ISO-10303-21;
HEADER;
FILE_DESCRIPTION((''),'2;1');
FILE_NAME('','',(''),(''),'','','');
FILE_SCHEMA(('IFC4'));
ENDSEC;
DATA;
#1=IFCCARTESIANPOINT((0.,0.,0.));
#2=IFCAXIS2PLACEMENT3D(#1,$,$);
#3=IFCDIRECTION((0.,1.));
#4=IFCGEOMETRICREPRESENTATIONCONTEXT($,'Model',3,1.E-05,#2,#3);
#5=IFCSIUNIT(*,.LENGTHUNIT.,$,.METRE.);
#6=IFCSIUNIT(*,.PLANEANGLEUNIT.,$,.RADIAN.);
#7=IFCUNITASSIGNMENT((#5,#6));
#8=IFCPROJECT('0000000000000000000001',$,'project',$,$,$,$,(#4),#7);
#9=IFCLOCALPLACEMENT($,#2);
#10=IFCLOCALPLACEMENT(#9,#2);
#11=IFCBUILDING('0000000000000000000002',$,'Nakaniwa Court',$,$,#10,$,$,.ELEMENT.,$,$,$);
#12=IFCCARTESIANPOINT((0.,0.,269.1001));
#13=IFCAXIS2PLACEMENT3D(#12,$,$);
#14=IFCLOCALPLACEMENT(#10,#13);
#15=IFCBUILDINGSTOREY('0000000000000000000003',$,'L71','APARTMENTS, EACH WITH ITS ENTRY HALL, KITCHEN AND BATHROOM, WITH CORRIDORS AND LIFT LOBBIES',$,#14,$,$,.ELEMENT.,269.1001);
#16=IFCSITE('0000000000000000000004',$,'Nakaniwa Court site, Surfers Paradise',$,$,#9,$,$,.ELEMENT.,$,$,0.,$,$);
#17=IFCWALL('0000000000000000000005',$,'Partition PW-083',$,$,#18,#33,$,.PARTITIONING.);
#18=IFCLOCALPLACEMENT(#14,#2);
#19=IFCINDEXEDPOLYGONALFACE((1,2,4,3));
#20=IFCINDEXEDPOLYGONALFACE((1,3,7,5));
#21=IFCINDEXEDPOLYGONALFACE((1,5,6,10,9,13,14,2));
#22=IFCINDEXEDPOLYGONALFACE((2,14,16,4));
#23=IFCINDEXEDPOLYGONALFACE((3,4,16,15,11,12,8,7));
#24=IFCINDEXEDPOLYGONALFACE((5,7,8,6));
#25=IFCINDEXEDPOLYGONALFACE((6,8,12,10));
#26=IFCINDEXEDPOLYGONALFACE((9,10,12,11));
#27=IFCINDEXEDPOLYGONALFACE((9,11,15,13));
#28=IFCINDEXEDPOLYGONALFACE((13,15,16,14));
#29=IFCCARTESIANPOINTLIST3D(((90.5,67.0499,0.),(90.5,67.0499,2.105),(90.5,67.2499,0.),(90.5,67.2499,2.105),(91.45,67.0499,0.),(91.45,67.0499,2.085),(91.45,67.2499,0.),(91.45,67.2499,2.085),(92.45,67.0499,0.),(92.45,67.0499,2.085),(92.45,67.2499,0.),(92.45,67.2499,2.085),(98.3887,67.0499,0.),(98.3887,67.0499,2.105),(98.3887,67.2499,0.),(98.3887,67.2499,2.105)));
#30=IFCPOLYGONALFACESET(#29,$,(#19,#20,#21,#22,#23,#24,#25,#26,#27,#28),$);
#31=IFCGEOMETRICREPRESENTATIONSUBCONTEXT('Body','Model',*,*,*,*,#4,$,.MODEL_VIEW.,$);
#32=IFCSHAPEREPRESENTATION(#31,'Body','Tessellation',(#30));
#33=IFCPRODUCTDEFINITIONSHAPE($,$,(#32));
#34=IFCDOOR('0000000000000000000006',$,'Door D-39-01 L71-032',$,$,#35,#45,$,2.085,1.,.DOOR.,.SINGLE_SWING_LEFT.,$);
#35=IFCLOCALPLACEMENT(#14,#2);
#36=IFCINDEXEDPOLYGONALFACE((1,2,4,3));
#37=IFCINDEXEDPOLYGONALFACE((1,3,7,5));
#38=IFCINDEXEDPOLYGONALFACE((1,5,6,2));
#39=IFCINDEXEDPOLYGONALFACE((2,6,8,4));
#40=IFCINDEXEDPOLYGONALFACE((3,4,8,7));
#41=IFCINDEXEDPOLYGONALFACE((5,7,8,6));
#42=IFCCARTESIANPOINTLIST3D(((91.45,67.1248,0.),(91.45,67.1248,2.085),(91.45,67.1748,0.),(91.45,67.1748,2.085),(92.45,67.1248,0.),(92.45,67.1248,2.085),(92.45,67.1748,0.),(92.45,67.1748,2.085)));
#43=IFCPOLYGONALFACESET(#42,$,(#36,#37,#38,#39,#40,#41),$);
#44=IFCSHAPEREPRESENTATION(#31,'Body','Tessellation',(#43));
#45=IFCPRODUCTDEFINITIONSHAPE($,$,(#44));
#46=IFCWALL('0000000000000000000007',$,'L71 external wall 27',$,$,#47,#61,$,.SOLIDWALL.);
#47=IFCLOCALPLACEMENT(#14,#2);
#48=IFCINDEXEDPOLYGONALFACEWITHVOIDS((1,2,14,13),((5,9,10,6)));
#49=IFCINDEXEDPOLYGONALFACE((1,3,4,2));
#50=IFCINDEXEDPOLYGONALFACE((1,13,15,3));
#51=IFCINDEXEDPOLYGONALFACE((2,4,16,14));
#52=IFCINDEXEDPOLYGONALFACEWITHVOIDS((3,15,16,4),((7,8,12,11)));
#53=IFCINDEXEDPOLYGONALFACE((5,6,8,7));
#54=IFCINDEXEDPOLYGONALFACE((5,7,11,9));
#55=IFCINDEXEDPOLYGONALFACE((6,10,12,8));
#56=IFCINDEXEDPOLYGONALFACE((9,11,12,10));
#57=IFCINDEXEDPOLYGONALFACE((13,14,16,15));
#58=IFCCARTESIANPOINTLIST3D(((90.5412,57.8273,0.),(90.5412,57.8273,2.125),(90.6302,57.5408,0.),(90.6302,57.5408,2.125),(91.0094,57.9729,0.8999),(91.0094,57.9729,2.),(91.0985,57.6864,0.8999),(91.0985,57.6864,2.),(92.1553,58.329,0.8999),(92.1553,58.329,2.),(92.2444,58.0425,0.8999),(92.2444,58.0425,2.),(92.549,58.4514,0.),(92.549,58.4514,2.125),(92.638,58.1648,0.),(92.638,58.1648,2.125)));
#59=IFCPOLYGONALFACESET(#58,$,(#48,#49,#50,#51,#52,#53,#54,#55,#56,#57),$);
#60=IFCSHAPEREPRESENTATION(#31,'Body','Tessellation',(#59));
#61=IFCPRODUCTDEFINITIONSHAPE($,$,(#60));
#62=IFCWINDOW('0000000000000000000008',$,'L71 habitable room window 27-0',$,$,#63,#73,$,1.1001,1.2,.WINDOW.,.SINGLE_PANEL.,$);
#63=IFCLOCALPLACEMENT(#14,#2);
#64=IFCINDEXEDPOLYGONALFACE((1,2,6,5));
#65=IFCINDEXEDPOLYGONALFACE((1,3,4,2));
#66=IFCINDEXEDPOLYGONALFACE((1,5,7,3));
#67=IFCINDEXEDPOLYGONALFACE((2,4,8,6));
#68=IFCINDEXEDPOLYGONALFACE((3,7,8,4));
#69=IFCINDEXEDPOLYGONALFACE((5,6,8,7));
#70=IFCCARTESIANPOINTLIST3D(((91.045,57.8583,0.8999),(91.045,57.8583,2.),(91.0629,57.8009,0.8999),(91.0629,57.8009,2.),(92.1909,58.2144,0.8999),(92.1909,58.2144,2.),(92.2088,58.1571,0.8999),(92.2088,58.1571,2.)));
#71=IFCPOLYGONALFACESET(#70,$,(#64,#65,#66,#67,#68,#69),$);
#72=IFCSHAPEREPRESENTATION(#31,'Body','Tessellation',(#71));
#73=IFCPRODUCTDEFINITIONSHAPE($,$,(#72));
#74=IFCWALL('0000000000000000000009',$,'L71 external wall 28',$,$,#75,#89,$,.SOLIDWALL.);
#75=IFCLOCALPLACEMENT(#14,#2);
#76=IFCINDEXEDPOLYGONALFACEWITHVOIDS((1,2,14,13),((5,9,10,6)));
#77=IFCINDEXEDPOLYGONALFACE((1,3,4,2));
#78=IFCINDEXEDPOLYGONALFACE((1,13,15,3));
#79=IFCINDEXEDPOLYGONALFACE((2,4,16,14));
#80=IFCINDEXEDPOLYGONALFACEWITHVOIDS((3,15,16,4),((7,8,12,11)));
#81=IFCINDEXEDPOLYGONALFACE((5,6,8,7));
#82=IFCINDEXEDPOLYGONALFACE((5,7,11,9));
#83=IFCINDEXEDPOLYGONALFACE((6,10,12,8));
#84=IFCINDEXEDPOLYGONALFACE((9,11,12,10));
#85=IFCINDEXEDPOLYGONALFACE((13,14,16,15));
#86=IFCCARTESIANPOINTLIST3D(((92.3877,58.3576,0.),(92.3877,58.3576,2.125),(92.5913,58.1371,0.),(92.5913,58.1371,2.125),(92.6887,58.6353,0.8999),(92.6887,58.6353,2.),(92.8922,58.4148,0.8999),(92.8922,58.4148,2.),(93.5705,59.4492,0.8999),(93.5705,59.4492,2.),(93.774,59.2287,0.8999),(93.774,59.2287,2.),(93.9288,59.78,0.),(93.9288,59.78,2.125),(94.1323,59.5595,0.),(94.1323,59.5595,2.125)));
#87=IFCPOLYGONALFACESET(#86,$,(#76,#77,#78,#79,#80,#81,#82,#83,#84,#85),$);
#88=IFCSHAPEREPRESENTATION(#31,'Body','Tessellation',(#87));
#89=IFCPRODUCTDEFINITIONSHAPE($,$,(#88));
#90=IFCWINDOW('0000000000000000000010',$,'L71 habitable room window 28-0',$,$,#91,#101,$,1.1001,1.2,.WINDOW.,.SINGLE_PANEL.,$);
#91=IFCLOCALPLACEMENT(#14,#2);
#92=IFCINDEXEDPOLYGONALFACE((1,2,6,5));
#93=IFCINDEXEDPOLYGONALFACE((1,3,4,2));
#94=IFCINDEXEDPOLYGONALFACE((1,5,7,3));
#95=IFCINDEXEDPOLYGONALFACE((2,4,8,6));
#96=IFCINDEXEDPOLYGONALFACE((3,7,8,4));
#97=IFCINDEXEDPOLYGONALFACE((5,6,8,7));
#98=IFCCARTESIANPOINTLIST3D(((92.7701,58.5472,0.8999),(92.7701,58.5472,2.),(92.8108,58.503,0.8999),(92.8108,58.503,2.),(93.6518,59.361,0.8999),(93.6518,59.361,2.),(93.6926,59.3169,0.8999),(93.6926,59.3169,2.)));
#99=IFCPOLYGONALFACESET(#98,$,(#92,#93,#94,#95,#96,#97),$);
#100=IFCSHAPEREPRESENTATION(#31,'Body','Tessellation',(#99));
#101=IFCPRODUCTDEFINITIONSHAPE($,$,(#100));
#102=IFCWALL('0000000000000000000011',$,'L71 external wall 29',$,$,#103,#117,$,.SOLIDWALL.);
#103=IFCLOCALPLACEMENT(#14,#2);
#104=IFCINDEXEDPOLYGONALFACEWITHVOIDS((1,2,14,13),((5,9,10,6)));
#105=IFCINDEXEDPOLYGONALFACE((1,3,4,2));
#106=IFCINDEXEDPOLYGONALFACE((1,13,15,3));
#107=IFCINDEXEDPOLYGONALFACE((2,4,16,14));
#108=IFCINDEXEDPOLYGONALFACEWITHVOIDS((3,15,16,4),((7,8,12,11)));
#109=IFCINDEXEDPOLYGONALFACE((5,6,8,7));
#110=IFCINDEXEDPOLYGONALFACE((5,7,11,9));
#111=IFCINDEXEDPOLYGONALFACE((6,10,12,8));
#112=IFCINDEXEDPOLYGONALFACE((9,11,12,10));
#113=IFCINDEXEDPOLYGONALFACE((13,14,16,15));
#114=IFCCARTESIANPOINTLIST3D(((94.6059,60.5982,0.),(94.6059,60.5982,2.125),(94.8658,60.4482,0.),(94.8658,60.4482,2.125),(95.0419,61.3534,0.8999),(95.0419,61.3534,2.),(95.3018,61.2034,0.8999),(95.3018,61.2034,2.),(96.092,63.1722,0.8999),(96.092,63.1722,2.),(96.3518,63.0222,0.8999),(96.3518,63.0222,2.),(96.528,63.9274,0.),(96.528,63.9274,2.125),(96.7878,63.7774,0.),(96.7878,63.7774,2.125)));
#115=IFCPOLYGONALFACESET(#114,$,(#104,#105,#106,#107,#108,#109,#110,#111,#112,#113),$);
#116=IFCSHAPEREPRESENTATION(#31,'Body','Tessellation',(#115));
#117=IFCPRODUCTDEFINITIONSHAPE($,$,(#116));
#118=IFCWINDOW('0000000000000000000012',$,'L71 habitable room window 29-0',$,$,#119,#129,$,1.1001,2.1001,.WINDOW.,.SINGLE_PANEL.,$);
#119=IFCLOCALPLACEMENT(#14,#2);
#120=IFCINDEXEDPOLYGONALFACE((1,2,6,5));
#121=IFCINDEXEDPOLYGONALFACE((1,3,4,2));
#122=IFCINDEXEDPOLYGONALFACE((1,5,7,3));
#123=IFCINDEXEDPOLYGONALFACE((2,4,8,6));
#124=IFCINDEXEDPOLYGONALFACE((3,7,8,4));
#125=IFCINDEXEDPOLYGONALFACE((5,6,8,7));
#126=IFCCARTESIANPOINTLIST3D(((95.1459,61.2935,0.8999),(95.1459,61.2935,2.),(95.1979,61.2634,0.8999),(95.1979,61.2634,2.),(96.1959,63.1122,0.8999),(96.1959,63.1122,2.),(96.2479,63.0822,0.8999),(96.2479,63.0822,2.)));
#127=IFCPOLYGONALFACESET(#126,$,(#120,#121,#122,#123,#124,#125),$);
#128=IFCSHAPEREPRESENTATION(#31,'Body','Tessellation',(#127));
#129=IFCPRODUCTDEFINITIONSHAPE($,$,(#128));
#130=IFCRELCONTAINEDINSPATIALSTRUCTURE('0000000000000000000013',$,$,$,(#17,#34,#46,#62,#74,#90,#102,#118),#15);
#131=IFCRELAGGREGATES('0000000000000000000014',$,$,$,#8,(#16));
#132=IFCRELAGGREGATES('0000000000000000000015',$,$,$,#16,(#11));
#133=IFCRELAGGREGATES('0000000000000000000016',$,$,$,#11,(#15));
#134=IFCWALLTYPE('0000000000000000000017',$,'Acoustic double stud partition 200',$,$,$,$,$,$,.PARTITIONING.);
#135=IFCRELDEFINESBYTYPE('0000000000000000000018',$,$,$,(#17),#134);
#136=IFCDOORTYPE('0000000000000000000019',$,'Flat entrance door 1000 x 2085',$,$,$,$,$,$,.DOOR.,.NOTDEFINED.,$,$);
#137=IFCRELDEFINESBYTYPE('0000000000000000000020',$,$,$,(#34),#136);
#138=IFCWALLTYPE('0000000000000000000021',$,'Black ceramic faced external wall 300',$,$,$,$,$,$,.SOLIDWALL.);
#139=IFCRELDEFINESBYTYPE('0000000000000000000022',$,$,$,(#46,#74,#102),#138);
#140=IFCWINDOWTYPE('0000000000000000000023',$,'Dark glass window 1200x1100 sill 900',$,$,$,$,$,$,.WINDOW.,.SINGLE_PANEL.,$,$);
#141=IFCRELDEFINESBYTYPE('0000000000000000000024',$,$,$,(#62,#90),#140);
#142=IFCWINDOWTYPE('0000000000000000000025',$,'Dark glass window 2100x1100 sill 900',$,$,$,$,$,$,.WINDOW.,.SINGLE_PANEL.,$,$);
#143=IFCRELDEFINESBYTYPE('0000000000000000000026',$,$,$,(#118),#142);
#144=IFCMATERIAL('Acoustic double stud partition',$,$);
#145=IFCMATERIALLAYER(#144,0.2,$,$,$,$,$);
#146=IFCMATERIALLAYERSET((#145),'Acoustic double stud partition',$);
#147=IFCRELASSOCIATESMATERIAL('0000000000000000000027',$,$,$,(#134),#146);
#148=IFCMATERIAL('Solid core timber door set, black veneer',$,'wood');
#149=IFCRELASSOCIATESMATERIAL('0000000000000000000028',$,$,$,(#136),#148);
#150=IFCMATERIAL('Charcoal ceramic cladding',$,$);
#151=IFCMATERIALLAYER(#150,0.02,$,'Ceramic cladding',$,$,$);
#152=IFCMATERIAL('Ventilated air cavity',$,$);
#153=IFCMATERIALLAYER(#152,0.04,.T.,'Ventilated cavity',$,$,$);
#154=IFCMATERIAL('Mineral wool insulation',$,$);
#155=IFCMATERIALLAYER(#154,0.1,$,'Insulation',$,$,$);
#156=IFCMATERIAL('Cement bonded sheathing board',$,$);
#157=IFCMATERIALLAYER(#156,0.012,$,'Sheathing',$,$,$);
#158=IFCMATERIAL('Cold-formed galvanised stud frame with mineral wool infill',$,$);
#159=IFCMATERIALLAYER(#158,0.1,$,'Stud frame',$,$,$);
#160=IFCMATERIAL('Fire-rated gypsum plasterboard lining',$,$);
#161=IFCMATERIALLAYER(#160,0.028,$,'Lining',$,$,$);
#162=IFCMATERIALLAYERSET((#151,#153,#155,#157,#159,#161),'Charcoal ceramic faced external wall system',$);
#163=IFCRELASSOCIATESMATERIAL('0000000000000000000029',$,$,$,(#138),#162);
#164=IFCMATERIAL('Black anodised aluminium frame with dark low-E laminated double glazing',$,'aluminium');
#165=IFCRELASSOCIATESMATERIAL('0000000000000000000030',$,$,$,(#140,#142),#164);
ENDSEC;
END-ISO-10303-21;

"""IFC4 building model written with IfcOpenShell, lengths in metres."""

from ifc_helpers import new_model, si_unit, direction, frame, frame_2d, origin, place, context, subcontext, project, spatial, rectangle, extrude, material, layer, layer_set, type_object, element, fill, save


model = new_model("IFC4")

# Units and contexts
model_context = context("Model", 3, precision=1e-05, world=origin(), true_north=direction((0.0, 1.0)))
body_context = subcontext(model_context, "Body", "Model", "MODEL_VIEW")
ifc_project = project(units=[si_unit("LENGTHUNIT", "METRE"), si_unit("PLANEANGLEUNIT", "RADIAN")], contexts=[model_context])

# Site, building, storey
site_placement = place(None, origin())
site = spatial("IfcSite", under=ifc_project, at=site_placement, Name="Nakaniwa Court site, Surfers Paradise", CompositionType="ELEMENT", RefElevation=0.0)
building_placement = place(site_placement, origin())
building = spatial("IfcBuilding", under=site, at=building_placement, Name="Nakaniwa Court", CompositionType="ELEMENT")
storey_placement = place(building_placement, frame((0.0, 0.0, 269.1001)))
storey = spatial("IfcBuildingStorey", under=building, at=storey_placement, Name="L71", Description="APARTMENTS, EACH WITH ITS ENTRY HALL, KITCHEN AND BATHROOM, WITH CORRIDORS AND LIFT LOBBIES", CompositionType="ELEMENT", Elevation=269.1001)

# Shared definitions
ifc_material_1 = material(Name="Acoustic double stud partition")
ifc_layer_1 = layer(ifc_material_1, 0.2)
ifc_layer_set_1 = layer_set([ifc_layer_1], Name="Acoustic double stud partition")
wall_type_1 = type_object("IfcWallType", Name="Acoustic double stud partition 200", PredefinedType="PARTITIONING", material=ifc_layer_set_1)

# Wall, opening, door
wall_1_placement = place(storey_placement, frame((90.5, 67.1499, 0.0), z_axis=(0.0, 0.0, 1.0), x_axis=(1.0, 0.0, 0.0)))
wall_1 = element("IfcWall", 1, at=wall_1_placement, inside=storey, type_object=wall_type_1, Name="Partition PW-083", PredefinedType="PARTITIONING", context=body_context, shape_type="SweptSolid", body=[
    extrude(rectangle(XDim=7.8887, YDim=0.2, at=frame_2d((3.9443, 0.0))), origin(), (0.0, 0.0, 1.0), 2.105),
])
opening_1_placement = place(wall_1_placement, frame((0.95, 0.0, 0.0)))
opening_1 = element("IfcOpeningElement", 2, at=opening_1_placement, cuts=wall_1, PredefinedType="OPENING", context=body_context, shape_type="SweptSolid", body=[
    extrude(rectangle(XDim=1.0, YDim=2.085, at=frame_2d((0.5, 1.0425))), frame((0.0, 0.1099, 0.0), z_axis=(0.0, -1.0, 0.0), x_axis=(1.0, 0.0, 0.0)), (0.0, 0.0, 1.0), 0.22),
])
ifc_material_2 = material(Name="Solid core timber door set, black veneer", Category="wood")
door_type = type_object("IfcDoorType", Name="Flat entrance door 1000 x 2085", OperationType="NOTDEFINED", PredefinedType="DOOR", material=ifc_material_2)
door_placement = place(opening_1_placement, origin())
door = element("IfcDoor", 3, at=door_placement, inside=storey, type_object=door_type, Name="Door D-39-01 L71-032", OperationType="SINGLE_SWING_LEFT", OverallHeight=2.085, OverallWidth=1.0, PredefinedType="DOOR", context=body_context, shape_type="SweptSolid", body=[
    extrude(rectangle(XDim=1.0, YDim=2.085, at=frame_2d((0.5, 1.0425))), frame((0.0, 0.0249, 0.0), z_axis=(0.0, -1.0, 0.0), x_axis=(1.0, 0.0, 0.0)), (0.0, 0.0, 1.0), 0.05),
])
fill(opening_1, door)

# Walls, openings, windows
ifc_material_3 = material(Name="Charcoal ceramic cladding")
ifc_layer_2 = layer(ifc_material_3, 0.02, Name="Ceramic cladding")
ifc_material_4 = material(Name="Ventilated air cavity")
ifc_layer_3 = layer(ifc_material_4, 0.04, ventilated=True, Name="Ventilated cavity")
ifc_material_5 = material(Name="Mineral wool insulation")
ifc_layer_4 = layer(ifc_material_5, 0.1, Name="Insulation")
ifc_material_6 = material(Name="Cement bonded sheathing board")
ifc_layer_5 = layer(ifc_material_6, 0.012, Name="Sheathing")
ifc_material_7 = material(Name="Cold-formed galvanised stud frame with mineral wool infill")
ifc_layer_6 = layer(ifc_material_7, 0.1, Name="Stud frame")
ifc_material_8 = material(Name="Fire-rated gypsum plasterboard lining")
ifc_layer_7 = layer(ifc_material_8, 0.028, Name="Lining")
ifc_layer_set_2 = layer_set([ifc_layer_2, ifc_layer_3, ifc_layer_4, ifc_layer_5, ifc_layer_6, ifc_layer_7], Name="Charcoal ceramic faced external wall system")
wall_type_2 = type_object("IfcWallType", Name="Black ceramic faced external wall 300", PredefinedType="SOLIDWALL", material=ifc_layer_set_2)
wall_2_placement = place(storey_placement, frame((90.5857, 57.6841, 0.0), z_axis=(0.0, 0.0, 1.0), x_axis=(0.954942, 0.296794, 0.0)))
wall_2 = element("IfcWall", 4, at=wall_2_placement, inside=storey, type_object=wall_type_2, Name="L71 external wall 27", PredefinedType="SOLIDWALL", context=body_context, shape_type="SweptSolid", body=[
    extrude(rectangle(XDim=2.1025, YDim=0.3, at=frame_2d((1.0513, 0.0))), origin(), (0.0, 0.0, 1.0), 2.125),
])
opening_2_placement = place(wall_2_placement, frame((0.4902, 0.0, 0.8999)))
opening_2 = element("IfcOpeningElement", 5, at=opening_2_placement, cuts=wall_2, PredefinedType="OPENING", context=body_context, shape_type="SweptSolid", body=[
    extrude(rectangle(XDim=1.2, YDim=1.1001, at=frame_2d((0.6001, 0.55))), frame((0.0, 0.1599, 0.0), z_axis=(0.0, -1.0, 0.0), x_axis=(1.0, 0.0, 0.0)), (0.0, 0.0, 1.0), 0.3201),
])
ifc_material_9 = material(Name="Black anodised aluminium frame with dark low-E laminated double glazing", Category="aluminium")
window_type_1 = type_object("IfcWindowType", Name="Dark glass window 1200x1100 sill 900", PartitioningType="SINGLE_PANEL", PredefinedType="WINDOW", material=ifc_material_9)
window_1_placement = place(opening_2_placement, origin())
window_1 = element("IfcWindow", 6, at=window_1_placement, inside=storey, type_object=window_type_1, Name="L71 habitable room window 27-0", OverallHeight=1.1001, OverallWidth=1.2, PartitioningType="SINGLE_PANEL", PredefinedType="WINDOW", context=body_context, shape_type="SweptSolid", body=[
    extrude(rectangle(XDim=1.2, YDim=1.1001, at=frame_2d((0.6001, 0.55))), frame((0.0, 0.03, 0.0), z_axis=(0.0, -1.0, 0.0), x_axis=(1.0, 0.0, 0.0)), (0.0, 0.0, 1.0), 0.0601),
])
fill(opening_2, window_1)
wall_3_placement = place(storey_placement, frame((92.4895, 58.2473, 0.0), z_axis=(0.0, 0.0, 1.0), x_axis=(0.73483, 0.678251, 0.0)))
wall_3 = element("IfcWall", 7, at=wall_3_placement, inside=storey, type_object=wall_type_2, Name="L71 external wall 28", PredefinedType="SOLIDWALL", context=body_context, shape_type="SweptSolid", body=[
    extrude(rectangle(XDim=2.0972, YDim=0.3, at=frame_2d((1.0486, 0.0))), origin(), (0.0, 0.0, 1.0), 2.125),
])
opening_3_placement = place(wall_3_placement, frame((0.4094, 0.0, 0.8999)))
opening_3 = element("IfcOpeningElement", 8, at=opening_3_placement, cuts=wall_3, PredefinedType="OPENING", context=body_context, shape_type="SweptSolid", body=[
    extrude(rectangle(XDim=1.2, YDim=1.1001, at=frame_2d((0.6001, 0.55))), frame((0.0, 0.1599, 0.0), z_axis=(0.0, -1.0, 0.0), x_axis=(1.0, 0.0, 0.0)), (0.0, 0.0, 1.0), 0.3201),
])
window_2_placement = place(opening_3_placement, origin())
window_2 = element("IfcWindow", 9, at=window_2_placement, inside=storey, type_object=window_type_1, Name="L71 habitable room window 28-0", OverallHeight=1.1001, OverallWidth=1.2, PartitioningType="SINGLE_PANEL", PredefinedType="WINDOW", context=body_context, shape_type="SweptSolid", body=[
    extrude(rectangle(XDim=1.2, YDim=1.1001, at=frame_2d((0.6001, 0.55))), frame((0.0, 0.03, 0.0), z_axis=(0.0, -1.0, 0.0), x_axis=(1.0, 0.0, 0.0)), (0.0, 0.0, 1.0), 0.0601),
])
fill(opening_3, window_2)
wall_4_placement = place(storey_placement, frame((94.7358, 60.5232, 0.0), z_axis=(0.0, 0.0, 1.0), x_axis=(0.499984, 0.866034, 0.0)))
wall_4 = element("IfcWall", 10, at=wall_4_placement, inside=storey, type_object=wall_type_2, Name="L71 external wall 29", PredefinedType="SOLIDWALL", context=body_context, shape_type="SweptSolid", body=[
    extrude(rectangle(XDim=3.8442, YDim=0.3, at=frame_2d((1.9221, 0.0))), origin(), (0.0, 0.0, 1.0), 2.125),
])
opening_4_placement = place(wall_4_placement, frame((0.8721, 0.0, 0.8999)))
opening_4 = element("IfcOpeningElement", 11, at=opening_4_placement, cuts=wall_4, PredefinedType="OPENING", context=body_context, shape_type="SweptSolid", body=[
    extrude(rectangle(XDim=2.1001, YDim=1.1001, at=frame_2d((1.05, 0.55))), frame((0.0, 0.1599, 0.0), z_axis=(0.0, -1.0, 0.0), x_axis=(1.0, 0.0, 0.0)), (0.0, 0.0, 1.0), 0.3201),
])
window_type_2 = type_object("IfcWindowType", Name="Dark glass window 2100x1100 sill 900", PartitioningType="SINGLE_PANEL", PredefinedType="WINDOW", material=ifc_material_9)
window_3_placement = place(opening_4_placement, origin())
window_3 = element("IfcWindow", 12, at=window_3_placement, inside=storey, type_object=window_type_2, Name="L71 habitable room window 29-0", OverallHeight=1.1001, OverallWidth=2.1001, PartitioningType="SINGLE_PANEL", PredefinedType="WINDOW", context=body_context, shape_type="SweptSolid", body=[
    extrude(rectangle(XDim=2.1001, YDim=1.1001, at=frame_2d((1.05, 0.55))), frame((0.0, 0.03, 0.0), z_axis=(0.0, -1.0, 0.0), x_axis=(1.0, 0.0, 0.0)), (0.0, 0.0, 1.0), 0.0601),
])
fill(opening_4, window_3)

save(model, "model.ifc")
